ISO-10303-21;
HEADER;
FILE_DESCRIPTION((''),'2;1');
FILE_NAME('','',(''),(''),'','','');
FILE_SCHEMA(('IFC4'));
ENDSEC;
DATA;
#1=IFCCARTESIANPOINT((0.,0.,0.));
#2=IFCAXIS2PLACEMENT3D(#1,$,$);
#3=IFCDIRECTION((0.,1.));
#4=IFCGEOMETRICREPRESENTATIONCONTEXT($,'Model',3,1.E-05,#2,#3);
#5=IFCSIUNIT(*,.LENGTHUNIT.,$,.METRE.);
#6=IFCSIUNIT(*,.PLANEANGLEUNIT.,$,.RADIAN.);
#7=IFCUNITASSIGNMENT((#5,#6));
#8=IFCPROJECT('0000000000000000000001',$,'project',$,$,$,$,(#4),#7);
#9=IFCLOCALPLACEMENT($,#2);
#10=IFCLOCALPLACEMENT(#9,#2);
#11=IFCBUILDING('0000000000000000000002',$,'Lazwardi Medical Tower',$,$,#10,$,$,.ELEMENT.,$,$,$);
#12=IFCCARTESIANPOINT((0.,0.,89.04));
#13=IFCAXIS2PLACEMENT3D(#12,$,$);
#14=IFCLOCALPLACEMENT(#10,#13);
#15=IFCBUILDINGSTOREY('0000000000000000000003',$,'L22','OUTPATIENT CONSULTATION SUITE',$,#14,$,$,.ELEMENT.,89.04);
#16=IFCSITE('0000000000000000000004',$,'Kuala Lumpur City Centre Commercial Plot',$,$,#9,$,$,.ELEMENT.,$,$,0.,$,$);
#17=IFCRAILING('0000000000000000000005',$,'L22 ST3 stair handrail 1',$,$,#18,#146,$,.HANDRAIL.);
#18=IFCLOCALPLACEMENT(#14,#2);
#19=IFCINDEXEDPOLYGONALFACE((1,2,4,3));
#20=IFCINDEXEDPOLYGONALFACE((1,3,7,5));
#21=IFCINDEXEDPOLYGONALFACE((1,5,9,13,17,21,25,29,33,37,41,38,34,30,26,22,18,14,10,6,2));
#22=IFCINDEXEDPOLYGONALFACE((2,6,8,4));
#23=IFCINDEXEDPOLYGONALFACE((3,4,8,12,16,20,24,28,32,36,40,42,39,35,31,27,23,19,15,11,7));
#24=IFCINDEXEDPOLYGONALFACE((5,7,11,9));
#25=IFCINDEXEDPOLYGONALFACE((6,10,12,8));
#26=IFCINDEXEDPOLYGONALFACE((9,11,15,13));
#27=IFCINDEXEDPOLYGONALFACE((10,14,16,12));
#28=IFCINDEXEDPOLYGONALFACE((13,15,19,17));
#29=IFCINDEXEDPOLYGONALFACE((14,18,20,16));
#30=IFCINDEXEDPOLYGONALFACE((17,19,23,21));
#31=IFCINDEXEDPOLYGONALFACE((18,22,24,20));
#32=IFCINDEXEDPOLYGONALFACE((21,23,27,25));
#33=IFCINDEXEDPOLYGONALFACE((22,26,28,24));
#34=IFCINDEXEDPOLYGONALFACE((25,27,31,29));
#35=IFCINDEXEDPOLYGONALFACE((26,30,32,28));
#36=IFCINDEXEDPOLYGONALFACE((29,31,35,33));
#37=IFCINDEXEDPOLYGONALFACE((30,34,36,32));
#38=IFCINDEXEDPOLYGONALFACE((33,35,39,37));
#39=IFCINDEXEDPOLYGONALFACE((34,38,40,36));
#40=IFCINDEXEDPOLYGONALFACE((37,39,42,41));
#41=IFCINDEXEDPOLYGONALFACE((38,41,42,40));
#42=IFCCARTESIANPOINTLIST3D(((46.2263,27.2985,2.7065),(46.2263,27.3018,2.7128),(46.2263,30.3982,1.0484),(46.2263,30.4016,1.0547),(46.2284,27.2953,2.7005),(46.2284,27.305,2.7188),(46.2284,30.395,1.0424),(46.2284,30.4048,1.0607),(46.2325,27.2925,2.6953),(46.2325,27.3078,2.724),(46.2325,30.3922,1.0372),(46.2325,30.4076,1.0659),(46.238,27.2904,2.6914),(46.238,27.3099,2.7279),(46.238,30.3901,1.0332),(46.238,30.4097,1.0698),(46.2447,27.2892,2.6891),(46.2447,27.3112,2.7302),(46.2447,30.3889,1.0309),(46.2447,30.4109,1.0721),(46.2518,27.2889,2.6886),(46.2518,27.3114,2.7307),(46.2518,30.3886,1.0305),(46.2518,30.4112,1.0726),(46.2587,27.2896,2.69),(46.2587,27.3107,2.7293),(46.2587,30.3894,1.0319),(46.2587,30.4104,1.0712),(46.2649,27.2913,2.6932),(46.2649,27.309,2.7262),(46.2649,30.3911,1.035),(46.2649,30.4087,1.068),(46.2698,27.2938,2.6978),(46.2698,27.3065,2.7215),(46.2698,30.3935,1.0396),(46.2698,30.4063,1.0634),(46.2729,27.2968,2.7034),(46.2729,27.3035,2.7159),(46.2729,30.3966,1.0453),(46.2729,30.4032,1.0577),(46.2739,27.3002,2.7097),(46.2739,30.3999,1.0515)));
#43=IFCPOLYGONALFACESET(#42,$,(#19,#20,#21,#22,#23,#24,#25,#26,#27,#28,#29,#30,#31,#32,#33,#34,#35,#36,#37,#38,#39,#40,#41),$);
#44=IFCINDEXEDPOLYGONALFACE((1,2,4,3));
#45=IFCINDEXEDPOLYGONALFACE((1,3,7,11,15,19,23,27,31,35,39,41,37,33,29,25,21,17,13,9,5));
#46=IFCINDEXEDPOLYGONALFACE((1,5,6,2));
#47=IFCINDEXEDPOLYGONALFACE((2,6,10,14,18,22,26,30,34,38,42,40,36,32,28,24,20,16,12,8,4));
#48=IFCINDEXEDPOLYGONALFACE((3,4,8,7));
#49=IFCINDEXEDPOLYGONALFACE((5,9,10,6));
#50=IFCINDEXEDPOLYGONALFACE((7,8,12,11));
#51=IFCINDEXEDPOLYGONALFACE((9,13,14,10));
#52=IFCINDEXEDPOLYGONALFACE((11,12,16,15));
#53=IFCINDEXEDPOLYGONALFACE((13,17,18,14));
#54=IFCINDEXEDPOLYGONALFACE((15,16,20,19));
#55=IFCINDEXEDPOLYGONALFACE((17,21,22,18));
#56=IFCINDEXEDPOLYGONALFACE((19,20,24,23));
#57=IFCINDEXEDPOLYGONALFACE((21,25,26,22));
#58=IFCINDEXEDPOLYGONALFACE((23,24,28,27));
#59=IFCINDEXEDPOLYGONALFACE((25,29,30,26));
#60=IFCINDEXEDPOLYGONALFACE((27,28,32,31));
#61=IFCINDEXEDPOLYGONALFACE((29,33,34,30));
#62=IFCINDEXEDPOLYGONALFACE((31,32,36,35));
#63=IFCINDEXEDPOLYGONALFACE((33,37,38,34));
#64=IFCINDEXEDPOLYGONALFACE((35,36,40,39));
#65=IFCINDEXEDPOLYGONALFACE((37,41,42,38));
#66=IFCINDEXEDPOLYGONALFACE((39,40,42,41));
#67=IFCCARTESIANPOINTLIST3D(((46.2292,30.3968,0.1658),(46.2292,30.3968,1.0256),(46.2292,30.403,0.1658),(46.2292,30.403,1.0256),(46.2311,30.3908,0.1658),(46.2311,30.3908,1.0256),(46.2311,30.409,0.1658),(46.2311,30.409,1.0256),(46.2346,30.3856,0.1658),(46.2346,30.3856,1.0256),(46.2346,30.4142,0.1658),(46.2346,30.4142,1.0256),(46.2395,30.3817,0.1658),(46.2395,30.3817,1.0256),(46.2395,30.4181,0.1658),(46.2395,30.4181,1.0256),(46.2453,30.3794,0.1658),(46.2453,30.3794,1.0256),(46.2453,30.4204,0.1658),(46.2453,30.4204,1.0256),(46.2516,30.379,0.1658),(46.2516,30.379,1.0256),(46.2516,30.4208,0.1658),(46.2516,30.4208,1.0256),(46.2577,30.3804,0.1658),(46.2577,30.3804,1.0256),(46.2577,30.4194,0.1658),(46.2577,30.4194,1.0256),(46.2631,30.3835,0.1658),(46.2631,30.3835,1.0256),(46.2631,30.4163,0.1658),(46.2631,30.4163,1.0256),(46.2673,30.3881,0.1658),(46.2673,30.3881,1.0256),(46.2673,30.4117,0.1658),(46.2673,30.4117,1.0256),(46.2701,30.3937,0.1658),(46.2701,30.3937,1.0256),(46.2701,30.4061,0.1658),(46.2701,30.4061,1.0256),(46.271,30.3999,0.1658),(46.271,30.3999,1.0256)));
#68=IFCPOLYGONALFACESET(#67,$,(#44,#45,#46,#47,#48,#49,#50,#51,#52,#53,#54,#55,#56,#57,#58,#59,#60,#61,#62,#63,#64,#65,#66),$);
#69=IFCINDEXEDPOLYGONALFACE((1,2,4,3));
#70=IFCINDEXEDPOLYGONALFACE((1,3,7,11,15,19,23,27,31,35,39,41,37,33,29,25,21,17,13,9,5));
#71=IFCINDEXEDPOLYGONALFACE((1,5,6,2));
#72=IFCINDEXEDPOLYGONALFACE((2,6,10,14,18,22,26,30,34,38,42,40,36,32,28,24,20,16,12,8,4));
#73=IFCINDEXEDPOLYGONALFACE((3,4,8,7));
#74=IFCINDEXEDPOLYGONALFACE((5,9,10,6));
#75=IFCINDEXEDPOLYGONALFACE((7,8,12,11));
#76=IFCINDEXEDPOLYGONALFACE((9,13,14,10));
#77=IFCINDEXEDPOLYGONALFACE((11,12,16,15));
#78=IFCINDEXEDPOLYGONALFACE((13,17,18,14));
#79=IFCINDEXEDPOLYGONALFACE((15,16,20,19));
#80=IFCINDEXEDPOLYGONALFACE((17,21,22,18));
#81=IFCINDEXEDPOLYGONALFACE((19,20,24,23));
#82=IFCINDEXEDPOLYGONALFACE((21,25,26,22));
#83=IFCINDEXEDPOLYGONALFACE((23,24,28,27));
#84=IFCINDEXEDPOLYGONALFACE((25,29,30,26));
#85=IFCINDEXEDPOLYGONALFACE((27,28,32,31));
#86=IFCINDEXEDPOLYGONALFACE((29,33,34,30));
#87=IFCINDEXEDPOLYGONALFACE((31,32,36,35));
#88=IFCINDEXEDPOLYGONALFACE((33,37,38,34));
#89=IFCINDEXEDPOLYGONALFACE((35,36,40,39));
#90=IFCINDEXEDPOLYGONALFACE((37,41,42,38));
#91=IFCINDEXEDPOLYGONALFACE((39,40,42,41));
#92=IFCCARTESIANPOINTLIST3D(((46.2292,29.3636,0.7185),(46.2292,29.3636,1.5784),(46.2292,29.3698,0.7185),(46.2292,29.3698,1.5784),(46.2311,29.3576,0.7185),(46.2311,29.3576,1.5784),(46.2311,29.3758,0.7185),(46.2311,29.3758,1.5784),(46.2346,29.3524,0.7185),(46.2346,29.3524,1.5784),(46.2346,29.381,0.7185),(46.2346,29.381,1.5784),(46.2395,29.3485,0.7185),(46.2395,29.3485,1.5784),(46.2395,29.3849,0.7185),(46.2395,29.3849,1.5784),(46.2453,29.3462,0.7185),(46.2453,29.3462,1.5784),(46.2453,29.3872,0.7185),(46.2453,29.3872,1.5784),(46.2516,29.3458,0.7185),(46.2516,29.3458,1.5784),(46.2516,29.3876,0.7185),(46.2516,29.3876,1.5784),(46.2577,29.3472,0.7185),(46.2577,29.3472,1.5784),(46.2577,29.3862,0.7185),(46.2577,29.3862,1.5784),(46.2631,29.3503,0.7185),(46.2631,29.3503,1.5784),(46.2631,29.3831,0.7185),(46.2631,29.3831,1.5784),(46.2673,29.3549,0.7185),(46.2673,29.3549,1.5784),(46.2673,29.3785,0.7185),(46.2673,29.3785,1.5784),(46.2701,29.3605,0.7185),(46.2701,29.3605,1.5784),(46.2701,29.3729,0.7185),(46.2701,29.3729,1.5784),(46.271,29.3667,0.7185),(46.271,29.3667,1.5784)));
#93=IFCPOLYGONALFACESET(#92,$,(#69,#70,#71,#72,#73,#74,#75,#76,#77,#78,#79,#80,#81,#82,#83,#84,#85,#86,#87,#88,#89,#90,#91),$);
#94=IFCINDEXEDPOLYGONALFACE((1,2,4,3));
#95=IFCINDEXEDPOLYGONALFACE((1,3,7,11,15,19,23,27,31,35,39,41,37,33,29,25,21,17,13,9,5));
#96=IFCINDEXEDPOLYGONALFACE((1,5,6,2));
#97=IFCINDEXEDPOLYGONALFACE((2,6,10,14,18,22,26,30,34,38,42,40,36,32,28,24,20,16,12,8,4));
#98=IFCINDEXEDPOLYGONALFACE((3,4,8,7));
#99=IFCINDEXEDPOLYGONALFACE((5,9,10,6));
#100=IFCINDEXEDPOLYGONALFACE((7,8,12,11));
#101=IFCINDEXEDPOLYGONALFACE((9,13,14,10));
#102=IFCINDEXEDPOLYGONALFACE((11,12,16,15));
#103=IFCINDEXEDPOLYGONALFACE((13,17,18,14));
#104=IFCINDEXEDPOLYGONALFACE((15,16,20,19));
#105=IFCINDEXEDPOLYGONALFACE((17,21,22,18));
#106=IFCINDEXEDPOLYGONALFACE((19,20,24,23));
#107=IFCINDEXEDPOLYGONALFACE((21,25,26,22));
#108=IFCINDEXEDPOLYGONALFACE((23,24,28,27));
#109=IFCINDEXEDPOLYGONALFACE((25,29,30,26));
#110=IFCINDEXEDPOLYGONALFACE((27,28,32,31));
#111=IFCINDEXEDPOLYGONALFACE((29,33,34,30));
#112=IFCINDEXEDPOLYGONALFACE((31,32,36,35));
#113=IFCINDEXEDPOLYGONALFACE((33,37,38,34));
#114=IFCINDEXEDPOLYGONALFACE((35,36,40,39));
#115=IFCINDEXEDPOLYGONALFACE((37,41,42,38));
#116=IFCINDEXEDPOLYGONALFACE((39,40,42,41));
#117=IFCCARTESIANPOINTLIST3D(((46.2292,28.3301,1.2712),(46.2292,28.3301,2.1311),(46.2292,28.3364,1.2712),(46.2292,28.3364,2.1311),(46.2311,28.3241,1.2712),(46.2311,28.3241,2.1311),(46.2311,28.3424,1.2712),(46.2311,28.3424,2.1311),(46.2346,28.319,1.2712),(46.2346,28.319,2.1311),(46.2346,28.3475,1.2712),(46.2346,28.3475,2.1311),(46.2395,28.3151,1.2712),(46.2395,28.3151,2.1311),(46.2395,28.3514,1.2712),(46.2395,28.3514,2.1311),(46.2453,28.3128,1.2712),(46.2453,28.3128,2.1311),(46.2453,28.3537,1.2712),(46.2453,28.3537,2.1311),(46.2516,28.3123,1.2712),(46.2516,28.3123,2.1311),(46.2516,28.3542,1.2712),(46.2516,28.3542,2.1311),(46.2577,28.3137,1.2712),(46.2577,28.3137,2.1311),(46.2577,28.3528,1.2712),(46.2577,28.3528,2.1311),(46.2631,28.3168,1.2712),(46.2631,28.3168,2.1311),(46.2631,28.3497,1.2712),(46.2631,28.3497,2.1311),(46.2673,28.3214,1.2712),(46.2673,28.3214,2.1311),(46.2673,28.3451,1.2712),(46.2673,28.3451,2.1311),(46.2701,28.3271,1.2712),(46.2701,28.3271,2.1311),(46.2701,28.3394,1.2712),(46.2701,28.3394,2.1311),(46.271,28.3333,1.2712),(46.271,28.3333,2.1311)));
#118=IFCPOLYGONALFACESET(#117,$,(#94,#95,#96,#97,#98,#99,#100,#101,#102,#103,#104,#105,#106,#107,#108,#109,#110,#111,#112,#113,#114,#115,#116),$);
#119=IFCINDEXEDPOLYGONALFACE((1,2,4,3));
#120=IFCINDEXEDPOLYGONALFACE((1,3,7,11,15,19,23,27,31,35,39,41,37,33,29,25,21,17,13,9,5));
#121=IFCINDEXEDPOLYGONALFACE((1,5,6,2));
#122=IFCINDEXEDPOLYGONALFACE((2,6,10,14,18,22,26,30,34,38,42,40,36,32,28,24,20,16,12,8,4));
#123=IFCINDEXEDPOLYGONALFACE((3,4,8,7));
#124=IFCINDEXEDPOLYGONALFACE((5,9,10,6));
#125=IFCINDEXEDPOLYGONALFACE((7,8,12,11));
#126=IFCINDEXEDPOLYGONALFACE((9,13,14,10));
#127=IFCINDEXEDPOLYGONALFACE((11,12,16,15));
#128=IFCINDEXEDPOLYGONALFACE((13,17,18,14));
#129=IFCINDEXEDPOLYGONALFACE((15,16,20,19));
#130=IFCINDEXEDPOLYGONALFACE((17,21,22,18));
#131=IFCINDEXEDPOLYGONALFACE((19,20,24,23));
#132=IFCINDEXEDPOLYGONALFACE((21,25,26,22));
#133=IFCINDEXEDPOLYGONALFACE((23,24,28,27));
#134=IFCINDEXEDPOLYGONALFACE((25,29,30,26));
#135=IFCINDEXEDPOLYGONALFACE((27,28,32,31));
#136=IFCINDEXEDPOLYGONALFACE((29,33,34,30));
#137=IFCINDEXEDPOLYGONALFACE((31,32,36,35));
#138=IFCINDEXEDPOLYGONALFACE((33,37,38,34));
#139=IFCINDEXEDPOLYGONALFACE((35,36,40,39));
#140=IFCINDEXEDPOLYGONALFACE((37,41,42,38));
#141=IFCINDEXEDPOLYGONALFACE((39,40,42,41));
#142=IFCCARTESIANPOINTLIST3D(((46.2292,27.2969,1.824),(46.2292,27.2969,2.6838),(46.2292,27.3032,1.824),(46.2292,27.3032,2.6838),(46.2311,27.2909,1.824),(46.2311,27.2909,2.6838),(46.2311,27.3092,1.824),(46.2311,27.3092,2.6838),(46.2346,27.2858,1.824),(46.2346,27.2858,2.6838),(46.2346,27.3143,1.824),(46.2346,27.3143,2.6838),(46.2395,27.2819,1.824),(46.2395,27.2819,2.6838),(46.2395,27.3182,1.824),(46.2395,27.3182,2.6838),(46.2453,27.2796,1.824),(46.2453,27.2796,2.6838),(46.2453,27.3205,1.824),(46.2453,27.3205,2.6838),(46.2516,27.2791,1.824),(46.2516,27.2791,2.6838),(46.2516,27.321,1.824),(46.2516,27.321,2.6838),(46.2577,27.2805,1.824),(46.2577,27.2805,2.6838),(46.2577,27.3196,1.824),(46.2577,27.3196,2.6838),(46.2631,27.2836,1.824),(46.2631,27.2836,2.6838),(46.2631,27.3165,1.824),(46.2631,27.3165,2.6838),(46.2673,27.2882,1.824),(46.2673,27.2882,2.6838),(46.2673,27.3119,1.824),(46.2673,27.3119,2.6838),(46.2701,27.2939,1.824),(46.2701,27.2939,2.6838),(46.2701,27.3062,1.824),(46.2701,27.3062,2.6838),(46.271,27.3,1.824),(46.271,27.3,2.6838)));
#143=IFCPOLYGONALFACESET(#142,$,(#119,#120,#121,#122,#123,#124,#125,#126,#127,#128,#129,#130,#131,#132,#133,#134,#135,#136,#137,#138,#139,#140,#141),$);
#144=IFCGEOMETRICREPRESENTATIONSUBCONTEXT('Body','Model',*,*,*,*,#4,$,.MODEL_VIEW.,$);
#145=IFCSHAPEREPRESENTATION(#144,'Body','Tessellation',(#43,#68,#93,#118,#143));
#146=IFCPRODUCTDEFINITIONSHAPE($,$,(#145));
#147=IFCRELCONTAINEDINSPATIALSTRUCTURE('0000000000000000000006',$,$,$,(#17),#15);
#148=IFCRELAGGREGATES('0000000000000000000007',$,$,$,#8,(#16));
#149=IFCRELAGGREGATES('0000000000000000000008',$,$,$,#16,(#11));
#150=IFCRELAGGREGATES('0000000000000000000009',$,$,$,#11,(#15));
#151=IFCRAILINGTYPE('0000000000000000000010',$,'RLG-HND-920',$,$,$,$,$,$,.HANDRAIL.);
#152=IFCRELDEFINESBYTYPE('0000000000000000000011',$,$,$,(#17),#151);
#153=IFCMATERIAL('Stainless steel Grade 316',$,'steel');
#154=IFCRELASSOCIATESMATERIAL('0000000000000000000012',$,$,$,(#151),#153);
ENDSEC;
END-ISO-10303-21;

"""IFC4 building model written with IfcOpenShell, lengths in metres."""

from ifc_helpers import new_model, si_unit, direction, frame, origin, origin_2d, place, context, subcontext, project, spatial, circle, extrude, material, type_object, element, save


model = new_model("IFC4")

# Units and contexts
model_context = context("Model", 3, precision=1e-05, world=origin(), true_north=direction((0.0, 1.0)))
body_context = subcontext(model_context, "Body", "Model", "MODEL_VIEW")
ifc_project = project(units=[si_unit("LENGTHUNIT", "METRE"), si_unit("PLANEANGLEUNIT", "RADIAN")], contexts=[model_context])

# Site, building, storey
site_placement = place(None, origin())
site = spatial("IfcSite", under=ifc_project, at=site_placement, Name="Kuala Lumpur City Centre Commercial Plot", CompositionType="ELEMENT", RefElevation=0.0)
building_placement = place(site_placement, origin())
building = spatial("IfcBuilding", under=site, at=building_placement, Name="Lazwardi Medical Tower", CompositionType="ELEMENT")
storey_placement = place(building_placement, frame((0.0, 0.0, 89.04)))
storey = spatial("IfcBuildingStorey", under=building, at=storey_placement, Name="L22", Description="OUTPATIENT CONSULTATION SUITE", CompositionType="ELEMENT", Elevation=89.04)

# Railing
ifc_material_1 = material(Name="Stainless steel Grade 316", Category="steel")
railing_type_1 = type_object("IfcRailingType", Name="RLG-HND-920", PredefinedType="HANDRAIL", material=ifc_material_1)
railing_1_placement = place(storey_placement, frame((46.25, 30.3999, 0.1658)))
element("IfcRailing", 1, at=railing_1_placement, inside=storey, type_object=railing_type_1, Name="L22 ST3 stair handrail 1", PredefinedType="HANDRAIL", context=body_context, shape_type="SweptSolid", body=[
    extrude(circle(Radius=0.0239, at=origin_2d()), frame((0.0, 0.0, 0.8857), z_axis=(0.0, -0.881768, 0.471684), x_axis=(1.0, 0.0, 0.0)), (0.0, 0.0, 1.0), 3.5154),
    extrude(circle(Radius=0.021, at=origin_2d()), origin(), (0.0, 0.0, 1.0), 0.8599),
    extrude(circle(Radius=0.021, at=origin_2d()), frame((0.0, -1.0332, 0.5527)), (0.0, 0.0, 1.0), 0.8599),
    extrude(circle(Radius=0.021, at=origin_2d()), frame((0.0, -2.0667, 1.1055)), (0.0, 0.0, 1.0), 0.8599),
    extrude(circle(Radius=0.021, at=origin_2d()), frame((0.0, -3.0999, 1.6582)), (0.0, 0.0, 1.0), 0.8599),
])

save(model, "model.ifc")
